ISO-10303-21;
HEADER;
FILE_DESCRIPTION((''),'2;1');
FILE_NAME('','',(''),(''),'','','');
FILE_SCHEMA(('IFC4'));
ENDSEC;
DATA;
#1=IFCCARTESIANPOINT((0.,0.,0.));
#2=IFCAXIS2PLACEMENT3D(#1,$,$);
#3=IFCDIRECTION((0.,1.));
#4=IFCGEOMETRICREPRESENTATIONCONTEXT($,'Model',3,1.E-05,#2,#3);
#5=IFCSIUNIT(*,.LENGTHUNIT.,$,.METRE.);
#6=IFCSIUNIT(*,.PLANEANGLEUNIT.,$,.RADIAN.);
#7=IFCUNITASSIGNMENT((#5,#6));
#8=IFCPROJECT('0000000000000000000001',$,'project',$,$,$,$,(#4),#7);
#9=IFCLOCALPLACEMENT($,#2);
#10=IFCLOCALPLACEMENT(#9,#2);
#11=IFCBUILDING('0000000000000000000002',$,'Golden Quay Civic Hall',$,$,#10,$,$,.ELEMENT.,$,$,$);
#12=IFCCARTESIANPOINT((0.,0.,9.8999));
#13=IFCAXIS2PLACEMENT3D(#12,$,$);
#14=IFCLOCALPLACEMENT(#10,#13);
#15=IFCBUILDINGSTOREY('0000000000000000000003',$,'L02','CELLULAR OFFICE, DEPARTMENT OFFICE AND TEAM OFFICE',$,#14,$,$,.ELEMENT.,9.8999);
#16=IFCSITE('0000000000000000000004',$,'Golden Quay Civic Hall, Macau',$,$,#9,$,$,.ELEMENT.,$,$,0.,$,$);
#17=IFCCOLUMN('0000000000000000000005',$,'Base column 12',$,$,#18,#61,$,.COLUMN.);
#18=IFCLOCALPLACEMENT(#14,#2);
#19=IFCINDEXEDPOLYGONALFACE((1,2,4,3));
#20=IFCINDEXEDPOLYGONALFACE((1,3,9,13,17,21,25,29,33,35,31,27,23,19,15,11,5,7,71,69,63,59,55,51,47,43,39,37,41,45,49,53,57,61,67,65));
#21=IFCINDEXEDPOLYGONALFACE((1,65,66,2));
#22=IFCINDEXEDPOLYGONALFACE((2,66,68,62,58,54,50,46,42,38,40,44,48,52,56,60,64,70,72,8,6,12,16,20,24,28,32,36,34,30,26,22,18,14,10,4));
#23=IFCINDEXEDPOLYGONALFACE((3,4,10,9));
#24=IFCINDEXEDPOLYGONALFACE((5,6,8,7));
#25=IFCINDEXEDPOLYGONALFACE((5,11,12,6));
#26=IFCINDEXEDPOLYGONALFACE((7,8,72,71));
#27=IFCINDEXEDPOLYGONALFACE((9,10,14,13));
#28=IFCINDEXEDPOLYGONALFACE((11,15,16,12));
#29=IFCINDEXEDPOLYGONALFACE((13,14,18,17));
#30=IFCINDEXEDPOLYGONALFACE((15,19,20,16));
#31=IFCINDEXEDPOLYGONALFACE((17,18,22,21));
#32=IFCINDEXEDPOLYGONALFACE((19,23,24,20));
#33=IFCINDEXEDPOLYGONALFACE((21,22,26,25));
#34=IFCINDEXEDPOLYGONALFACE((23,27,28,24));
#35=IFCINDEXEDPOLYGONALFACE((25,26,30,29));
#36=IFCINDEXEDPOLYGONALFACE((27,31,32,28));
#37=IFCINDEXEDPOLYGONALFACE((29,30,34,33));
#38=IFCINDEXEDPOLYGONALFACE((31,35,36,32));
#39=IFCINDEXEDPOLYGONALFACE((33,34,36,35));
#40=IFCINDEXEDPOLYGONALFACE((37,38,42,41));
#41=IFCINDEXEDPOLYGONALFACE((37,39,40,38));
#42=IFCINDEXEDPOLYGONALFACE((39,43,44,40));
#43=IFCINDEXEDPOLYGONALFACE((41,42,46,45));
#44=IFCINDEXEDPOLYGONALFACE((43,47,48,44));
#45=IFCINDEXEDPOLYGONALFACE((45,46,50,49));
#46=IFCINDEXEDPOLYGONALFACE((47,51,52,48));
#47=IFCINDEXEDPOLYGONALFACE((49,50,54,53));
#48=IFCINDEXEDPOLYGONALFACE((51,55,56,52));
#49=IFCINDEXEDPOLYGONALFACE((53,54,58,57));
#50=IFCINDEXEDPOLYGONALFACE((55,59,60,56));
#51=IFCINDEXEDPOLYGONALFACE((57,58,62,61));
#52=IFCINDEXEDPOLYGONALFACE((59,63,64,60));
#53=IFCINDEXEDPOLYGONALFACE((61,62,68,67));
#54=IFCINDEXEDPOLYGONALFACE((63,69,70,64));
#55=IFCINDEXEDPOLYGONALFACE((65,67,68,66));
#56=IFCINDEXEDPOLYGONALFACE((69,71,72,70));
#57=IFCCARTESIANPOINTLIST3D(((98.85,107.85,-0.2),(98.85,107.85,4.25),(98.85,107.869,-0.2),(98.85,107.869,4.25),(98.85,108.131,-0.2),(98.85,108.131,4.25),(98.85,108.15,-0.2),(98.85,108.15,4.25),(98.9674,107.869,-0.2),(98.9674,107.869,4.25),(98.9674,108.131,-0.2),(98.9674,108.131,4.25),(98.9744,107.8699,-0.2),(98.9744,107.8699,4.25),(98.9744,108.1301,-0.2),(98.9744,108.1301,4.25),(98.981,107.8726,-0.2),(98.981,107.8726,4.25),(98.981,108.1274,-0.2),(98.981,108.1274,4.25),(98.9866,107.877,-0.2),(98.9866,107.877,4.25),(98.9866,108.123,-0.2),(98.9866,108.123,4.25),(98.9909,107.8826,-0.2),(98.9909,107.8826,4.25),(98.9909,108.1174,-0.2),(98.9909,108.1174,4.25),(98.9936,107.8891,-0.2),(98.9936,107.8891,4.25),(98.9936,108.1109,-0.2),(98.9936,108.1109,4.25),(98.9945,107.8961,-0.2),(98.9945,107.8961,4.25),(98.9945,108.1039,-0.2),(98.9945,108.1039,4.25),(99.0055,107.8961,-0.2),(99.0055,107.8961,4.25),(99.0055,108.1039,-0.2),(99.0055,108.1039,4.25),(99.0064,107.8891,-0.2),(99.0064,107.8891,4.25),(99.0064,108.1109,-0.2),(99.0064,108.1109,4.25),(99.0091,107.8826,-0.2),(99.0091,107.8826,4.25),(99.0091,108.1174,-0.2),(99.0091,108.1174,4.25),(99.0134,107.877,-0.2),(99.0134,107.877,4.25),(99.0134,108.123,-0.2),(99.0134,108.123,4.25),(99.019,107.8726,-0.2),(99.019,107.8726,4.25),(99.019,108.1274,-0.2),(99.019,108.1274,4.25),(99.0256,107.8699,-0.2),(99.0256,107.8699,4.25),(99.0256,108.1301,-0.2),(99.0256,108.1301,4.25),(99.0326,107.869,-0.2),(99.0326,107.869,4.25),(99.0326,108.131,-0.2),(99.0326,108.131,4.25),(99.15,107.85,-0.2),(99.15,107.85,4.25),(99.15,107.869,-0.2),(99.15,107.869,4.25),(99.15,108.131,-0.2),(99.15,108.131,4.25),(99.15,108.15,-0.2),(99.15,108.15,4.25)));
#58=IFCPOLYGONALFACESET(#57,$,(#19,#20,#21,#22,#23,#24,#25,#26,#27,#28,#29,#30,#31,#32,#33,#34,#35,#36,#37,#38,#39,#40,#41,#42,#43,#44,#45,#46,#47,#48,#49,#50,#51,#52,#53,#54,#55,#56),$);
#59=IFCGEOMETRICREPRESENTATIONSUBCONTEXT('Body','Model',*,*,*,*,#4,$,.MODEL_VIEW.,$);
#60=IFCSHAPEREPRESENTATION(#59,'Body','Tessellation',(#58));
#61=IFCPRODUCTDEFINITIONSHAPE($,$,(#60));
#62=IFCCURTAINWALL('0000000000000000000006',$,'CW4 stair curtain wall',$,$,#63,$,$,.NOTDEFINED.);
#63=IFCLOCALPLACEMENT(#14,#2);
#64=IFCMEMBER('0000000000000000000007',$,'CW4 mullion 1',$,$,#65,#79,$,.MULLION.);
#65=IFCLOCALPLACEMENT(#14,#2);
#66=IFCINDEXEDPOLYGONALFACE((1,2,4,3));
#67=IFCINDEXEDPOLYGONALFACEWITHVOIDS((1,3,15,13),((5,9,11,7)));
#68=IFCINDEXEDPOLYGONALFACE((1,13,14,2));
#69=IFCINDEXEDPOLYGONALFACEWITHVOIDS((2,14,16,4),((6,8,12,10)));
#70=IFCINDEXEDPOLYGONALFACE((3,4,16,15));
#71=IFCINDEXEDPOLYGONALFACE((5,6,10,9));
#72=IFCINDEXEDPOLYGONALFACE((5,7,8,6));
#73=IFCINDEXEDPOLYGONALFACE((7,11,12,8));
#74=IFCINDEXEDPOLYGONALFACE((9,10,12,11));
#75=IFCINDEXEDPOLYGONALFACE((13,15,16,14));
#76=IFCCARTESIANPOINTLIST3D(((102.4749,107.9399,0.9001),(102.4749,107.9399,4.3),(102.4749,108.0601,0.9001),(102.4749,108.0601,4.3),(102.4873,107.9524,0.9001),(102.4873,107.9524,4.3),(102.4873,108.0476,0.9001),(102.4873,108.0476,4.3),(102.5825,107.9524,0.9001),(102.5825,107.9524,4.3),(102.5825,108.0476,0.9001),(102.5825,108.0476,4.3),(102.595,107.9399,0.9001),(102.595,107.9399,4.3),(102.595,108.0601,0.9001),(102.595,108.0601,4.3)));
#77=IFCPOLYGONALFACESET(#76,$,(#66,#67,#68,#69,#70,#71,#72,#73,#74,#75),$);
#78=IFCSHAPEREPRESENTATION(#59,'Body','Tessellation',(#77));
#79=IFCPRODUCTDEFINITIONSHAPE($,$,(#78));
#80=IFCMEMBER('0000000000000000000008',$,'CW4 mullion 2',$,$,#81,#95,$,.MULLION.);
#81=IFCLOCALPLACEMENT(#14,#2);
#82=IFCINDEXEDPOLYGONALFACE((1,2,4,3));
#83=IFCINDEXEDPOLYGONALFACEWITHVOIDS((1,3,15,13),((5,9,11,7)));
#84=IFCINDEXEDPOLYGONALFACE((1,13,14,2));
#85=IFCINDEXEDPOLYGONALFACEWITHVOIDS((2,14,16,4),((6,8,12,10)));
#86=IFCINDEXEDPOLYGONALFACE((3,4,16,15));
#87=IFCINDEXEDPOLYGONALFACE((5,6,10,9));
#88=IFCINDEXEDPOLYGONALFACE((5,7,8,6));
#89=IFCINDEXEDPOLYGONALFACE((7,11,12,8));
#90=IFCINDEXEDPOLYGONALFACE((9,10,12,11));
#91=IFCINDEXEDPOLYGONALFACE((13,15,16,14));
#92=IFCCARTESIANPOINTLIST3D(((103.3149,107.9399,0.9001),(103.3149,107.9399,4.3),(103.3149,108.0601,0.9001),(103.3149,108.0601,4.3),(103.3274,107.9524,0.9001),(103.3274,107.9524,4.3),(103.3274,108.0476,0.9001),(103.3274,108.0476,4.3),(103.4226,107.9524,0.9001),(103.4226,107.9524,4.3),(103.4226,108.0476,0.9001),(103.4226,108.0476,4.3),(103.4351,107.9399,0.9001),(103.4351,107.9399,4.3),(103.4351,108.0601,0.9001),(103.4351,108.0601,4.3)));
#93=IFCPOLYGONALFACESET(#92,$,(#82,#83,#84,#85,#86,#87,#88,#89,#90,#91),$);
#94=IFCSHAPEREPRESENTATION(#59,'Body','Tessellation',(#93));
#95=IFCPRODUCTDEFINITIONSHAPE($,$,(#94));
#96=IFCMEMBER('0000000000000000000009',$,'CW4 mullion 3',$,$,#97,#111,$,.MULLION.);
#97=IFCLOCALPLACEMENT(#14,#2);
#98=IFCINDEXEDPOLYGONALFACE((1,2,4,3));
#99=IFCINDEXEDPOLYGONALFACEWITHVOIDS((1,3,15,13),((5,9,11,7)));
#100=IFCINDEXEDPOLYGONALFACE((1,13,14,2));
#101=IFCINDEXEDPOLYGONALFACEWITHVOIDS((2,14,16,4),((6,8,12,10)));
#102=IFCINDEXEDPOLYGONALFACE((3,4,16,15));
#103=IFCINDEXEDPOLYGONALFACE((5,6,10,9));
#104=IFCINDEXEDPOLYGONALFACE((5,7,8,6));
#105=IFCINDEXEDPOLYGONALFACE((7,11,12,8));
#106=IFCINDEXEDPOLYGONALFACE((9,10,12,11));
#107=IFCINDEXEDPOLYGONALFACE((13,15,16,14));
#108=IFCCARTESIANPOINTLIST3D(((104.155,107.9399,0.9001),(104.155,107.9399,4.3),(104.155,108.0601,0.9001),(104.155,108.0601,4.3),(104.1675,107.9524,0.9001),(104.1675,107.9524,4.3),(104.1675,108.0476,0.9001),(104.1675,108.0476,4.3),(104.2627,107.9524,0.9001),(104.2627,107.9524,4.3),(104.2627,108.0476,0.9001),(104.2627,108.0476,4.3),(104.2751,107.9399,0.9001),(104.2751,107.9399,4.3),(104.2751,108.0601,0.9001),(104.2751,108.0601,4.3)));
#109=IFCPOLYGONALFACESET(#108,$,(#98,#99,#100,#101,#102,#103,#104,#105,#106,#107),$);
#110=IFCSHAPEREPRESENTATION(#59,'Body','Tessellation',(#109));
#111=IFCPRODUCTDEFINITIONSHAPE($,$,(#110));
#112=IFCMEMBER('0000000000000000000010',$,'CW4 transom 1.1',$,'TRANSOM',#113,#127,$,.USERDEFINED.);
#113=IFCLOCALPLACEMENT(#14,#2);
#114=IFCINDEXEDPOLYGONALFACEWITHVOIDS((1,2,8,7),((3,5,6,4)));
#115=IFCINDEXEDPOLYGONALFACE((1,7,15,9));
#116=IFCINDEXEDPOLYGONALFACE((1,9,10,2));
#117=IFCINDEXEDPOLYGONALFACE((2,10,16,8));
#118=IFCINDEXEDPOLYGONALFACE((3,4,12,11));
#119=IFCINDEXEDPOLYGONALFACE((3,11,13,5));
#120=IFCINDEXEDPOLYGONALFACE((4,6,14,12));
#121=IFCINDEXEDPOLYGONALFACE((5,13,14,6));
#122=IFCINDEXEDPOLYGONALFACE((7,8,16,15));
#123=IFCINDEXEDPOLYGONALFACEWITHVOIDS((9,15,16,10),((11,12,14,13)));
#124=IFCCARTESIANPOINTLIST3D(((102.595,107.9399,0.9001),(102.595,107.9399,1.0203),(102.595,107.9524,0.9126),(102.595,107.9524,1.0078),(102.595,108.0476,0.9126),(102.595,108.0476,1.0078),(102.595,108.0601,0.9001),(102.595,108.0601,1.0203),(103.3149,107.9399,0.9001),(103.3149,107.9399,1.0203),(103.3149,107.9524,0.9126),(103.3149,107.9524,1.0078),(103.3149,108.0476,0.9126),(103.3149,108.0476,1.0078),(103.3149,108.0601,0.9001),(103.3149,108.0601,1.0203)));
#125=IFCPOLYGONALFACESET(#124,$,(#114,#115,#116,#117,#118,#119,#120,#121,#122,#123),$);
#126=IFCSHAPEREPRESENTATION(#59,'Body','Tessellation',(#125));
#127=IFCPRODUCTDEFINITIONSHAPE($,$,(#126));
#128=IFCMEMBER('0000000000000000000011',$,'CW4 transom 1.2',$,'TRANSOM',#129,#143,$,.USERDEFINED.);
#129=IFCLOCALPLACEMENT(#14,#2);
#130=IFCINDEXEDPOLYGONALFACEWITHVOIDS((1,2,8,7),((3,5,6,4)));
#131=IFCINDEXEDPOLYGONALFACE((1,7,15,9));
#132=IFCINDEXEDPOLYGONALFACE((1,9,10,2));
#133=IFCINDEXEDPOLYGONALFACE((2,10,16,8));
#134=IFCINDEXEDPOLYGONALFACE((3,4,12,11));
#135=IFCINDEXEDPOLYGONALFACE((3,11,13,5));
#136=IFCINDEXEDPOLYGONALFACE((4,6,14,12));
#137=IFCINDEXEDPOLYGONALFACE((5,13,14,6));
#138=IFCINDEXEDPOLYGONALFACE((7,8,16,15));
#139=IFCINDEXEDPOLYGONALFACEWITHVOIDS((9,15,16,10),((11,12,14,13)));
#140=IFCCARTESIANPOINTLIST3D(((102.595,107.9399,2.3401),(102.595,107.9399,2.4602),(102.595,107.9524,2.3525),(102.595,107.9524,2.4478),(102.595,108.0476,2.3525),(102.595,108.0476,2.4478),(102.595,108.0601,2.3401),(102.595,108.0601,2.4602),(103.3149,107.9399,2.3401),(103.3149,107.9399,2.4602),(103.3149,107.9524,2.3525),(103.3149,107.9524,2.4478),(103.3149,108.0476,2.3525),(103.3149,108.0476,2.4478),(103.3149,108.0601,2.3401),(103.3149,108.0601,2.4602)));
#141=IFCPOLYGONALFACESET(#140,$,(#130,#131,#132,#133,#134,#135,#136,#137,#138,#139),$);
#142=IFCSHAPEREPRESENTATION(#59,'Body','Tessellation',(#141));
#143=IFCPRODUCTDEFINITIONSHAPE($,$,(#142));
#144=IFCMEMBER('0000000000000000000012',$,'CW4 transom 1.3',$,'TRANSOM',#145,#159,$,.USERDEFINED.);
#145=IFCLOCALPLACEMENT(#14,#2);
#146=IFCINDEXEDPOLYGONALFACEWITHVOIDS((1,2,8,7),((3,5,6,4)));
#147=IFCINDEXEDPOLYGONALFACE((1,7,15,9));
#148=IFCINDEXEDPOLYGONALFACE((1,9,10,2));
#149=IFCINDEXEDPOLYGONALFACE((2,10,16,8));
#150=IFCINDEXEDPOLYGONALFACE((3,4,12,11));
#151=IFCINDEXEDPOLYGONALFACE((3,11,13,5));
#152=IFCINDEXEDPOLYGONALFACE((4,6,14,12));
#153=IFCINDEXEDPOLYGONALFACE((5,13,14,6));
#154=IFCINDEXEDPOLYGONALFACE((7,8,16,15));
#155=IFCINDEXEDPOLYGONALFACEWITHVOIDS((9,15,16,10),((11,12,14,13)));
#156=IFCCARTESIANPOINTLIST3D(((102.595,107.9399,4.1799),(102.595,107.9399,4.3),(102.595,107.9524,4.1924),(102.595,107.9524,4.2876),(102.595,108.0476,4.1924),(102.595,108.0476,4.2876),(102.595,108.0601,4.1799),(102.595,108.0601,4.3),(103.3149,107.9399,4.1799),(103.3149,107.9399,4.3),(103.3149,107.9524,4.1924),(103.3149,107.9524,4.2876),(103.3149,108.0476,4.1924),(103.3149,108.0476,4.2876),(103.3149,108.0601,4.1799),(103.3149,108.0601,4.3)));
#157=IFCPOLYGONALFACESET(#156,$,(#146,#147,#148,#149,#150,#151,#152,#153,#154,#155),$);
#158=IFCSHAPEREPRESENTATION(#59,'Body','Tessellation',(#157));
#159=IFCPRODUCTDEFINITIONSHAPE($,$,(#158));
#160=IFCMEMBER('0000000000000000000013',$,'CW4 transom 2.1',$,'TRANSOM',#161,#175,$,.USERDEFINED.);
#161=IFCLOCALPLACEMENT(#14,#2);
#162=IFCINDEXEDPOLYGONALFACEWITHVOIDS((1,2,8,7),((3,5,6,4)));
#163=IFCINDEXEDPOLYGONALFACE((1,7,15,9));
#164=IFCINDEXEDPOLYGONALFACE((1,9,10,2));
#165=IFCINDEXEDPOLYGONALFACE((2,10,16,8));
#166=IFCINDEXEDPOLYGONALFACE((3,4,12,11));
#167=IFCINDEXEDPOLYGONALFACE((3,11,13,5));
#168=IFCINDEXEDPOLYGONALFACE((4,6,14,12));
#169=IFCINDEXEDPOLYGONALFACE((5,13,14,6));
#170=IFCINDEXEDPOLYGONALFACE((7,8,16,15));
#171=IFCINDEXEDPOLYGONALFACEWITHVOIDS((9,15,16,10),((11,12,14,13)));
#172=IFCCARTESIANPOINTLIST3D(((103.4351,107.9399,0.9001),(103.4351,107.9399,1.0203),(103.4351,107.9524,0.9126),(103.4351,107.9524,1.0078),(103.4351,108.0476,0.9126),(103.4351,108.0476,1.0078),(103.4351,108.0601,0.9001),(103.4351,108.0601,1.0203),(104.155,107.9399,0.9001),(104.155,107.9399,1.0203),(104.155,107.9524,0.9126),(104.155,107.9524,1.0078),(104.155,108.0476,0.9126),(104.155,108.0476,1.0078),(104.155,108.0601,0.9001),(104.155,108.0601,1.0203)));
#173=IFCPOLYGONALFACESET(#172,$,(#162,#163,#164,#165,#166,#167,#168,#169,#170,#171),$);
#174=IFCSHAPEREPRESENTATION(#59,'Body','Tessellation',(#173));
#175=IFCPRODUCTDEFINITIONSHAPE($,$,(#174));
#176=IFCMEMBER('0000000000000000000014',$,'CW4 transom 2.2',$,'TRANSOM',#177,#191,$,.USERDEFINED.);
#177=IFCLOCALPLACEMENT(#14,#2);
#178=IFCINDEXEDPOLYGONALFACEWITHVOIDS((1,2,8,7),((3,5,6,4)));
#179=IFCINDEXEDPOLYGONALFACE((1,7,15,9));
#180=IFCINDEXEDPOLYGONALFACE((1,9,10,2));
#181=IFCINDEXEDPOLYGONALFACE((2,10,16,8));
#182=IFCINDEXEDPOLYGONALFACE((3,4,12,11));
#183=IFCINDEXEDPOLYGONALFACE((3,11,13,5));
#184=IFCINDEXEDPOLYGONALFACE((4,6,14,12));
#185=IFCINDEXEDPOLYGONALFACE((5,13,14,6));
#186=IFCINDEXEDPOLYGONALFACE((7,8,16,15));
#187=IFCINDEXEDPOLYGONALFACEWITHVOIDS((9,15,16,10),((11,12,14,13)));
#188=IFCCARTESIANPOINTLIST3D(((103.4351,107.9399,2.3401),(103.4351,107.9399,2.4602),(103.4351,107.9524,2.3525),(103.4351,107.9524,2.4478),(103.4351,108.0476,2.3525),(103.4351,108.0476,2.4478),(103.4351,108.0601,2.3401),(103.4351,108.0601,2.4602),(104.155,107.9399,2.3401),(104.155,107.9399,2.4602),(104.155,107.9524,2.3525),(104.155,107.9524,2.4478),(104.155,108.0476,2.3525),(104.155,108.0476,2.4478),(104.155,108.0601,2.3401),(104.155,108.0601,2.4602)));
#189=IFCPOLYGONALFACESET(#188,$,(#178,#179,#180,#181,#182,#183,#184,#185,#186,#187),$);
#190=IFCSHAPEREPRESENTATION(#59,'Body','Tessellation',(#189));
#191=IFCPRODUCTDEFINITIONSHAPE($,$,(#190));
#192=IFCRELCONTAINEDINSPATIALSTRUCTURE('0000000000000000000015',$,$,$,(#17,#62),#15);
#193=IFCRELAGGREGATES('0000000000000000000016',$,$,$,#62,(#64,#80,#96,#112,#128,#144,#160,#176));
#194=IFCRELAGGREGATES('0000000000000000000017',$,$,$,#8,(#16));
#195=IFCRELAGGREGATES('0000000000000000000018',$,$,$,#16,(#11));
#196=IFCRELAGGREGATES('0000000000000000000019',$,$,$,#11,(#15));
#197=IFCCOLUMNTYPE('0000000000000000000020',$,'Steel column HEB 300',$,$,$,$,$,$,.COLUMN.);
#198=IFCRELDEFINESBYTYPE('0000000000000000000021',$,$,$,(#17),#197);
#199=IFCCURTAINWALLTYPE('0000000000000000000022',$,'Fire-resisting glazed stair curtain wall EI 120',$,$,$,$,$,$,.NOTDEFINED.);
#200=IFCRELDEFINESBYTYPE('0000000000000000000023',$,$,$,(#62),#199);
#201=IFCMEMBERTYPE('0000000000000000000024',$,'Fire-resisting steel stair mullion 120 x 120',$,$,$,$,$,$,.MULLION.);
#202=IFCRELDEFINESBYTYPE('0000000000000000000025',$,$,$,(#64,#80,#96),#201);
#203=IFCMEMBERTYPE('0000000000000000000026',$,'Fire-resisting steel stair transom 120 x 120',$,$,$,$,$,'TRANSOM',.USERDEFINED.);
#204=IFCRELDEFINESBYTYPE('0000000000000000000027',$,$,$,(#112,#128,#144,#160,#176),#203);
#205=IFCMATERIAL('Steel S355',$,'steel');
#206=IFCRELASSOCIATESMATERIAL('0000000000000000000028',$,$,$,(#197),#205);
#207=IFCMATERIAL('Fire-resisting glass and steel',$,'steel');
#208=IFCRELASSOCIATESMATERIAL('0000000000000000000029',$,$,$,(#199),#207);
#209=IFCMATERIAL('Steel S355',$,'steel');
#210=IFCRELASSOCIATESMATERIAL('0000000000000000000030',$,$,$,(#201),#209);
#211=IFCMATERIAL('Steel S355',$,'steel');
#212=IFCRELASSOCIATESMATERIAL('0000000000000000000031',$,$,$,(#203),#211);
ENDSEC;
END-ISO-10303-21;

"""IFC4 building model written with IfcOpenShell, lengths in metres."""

from ifc_helpers import new_model, si_unit, direction, frame, origin, origin_2d, place, context, subcontext, project, spatial, hollow_rectangle, i_section, extrude, material, material_profile, profile_set, type_object, element, aggregate, save


model = new_model("IFC4")

# Units and contexts
model_context = context("Model", 3, precision=1e-05, world=origin(), true_north=direction((0.0, 1.0)))
body_context = subcontext(model_context, "Body", "Model", "MODEL_VIEW")
ifc_project = project(units=[si_unit("LENGTHUNIT", "METRE"), si_unit("PLANEANGLEUNIT", "RADIAN")], contexts=[model_context])

# Site, building, storey
site_placement = place(None, origin())
site = spatial("IfcSite", under=ifc_project, at=site_placement, Name="Golden Quay Civic Hall, Macau", CompositionType="ELEMENT", RefElevation=0.0)
building_placement = place(site_placement, origin())
building = spatial("IfcBuilding", under=site, at=building_placement, Name="Golden Quay Civic Hall", CompositionType="ELEMENT")
storey_placement = place(building_placement, frame((0.0, 0.0, 9.8999)))
storey = spatial("IfcBuildingStorey", under=building, at=storey_placement, Name="L02", Description="CELLULAR OFFICE, DEPARTMENT OFFICE AND TEAM OFFICE", CompositionType="ELEMENT", Elevation=9.8999)

# Column
ifc_material_1 = material(Name="Steel S355", Category="steel")
ifc_material_profile_1 = material_profile(ifc_material_1, i_section(OverallWidth=0.3, OverallDepth=0.3, WebThickness=0.011, FlangeThickness=0.019, FilletRadius=0.0271, at=origin_2d()), Name="HEB 300")
ifc_profile_set_1 = profile_set([ifc_material_profile_1], Name="Steel S355")
column_type = type_object("IfcColumnType", Name="Steel column HEB 300", PredefinedType="COLUMN", material=ifc_profile_set_1)
column_placement = place(storey_placement, frame((99.0, 108.0, -0.2), z_axis=(0.0, 0.0, 1.0), x_axis=(1.0, 0.0, 0.0)))
element("IfcColumn", 1, at=column_placement, inside=storey, type_object=column_type, Name="Base column 12", PredefinedType="COLUMN", context=body_context, shape_type="SweptSolid", body=[
    extrude(i_section(OverallWidth=0.3, OverallDepth=0.3, WebThickness=0.011, FlangeThickness=0.019, FilletRadius=0.0271, at=origin_2d()), origin(), (0.0, 0.0, 1.0), 4.45),
])

# Curtain wall, members
ifc_material_2 = material(Name="Fire-resisting glass and steel", Category="steel")
curtain_wall_type = type_object("IfcCurtainWallType", Name="Fire-resisting glazed stair curtain wall EI 120", PredefinedType="NOTDEFINED", material=ifc_material_2)
curtain_wall_placement = place(storey_placement, origin())
curtain_wall = element("IfcCurtainWall", 2, at=curtain_wall_placement, inside=storey, type_object=curtain_wall_type, Name="CW4 stair curtain wall", PredefinedType="NOTDEFINED")
ifc_material_3 = material(Name="Steel S355", Category="steel")
ifc_material_profile_2 = material_profile(ifc_material_3, hollow_rectangle(XDim=0.1201, YDim=0.1201, WallThickness=0.0125, at=origin_2d()), Name="SHS 120x120x12.5")
ifc_profile_set_2 = profile_set([ifc_material_profile_2], Name="Steel S355")
member_type_1 = type_object("IfcMemberType", Name="Fire-resisting steel stair mullion 120 x 120", PredefinedType="MULLION", material=ifc_profile_set_2)
member_1_placement = place(storey_placement, frame((102.5349, 108.0, 0.9001), z_axis=(0.0, 0.0, 1.0), x_axis=(0.0, 1.0, 0.0)))
member_1 = element("IfcMember", 3, at=member_1_placement, type_object=member_type_1, Name="CW4 mullion 1", PredefinedType="MULLION", context=body_context, shape_type="SweptSolid", body=[
    extrude(hollow_rectangle(XDim=0.1201, YDim=0.1201, WallThickness=0.0125, at=origin_2d()), origin(), (0.0, 0.0, 1.0), 3.3999),
])
member_2_placement = place(storey_placement, frame((103.375, 108.0, 0.9001), z_axis=(0.0, 0.0, 1.0), x_axis=(0.0, 1.0, 0.0)))
member_2 = element("IfcMember", 4, at=member_2_placement, type_object=member_type_1, Name="CW4 mullion 2", PredefinedType="MULLION", context=body_context, shape_type="SweptSolid", body=[
    extrude(hollow_rectangle(XDim=0.1201, YDim=0.1201, WallThickness=0.0125, at=origin_2d()), origin(), (0.0, 0.0, 1.0), 3.3999),
])
member_3_placement = place(storey_placement, frame((104.2151, 108.0, 0.9001), z_axis=(0.0, 0.0, 1.0), x_axis=(0.0, 1.0, 0.0)))
member_3 = element("IfcMember", 5, at=member_3_placement, type_object=member_type_1, Name="CW4 mullion 3", PredefinedType="MULLION", context=body_context, shape_type="SweptSolid", body=[
    extrude(hollow_rectangle(XDim=0.1201, YDim=0.1201, WallThickness=0.0125, at=origin_2d()), origin(), (0.0, 0.0, 1.0), 3.3999),
])
ifc_material_4 = material(Name="Steel S355", Category="steel")
ifc_material_profile_3 = material_profile(ifc_material_4, hollow_rectangle(XDim=0.1201, YDim=0.1201, WallThickness=0.0125, at=origin_2d()), Name="SHS 120x120x12.5")
ifc_profile_set_3 = profile_set([ifc_material_profile_3], Name="Steel S355")
member_type_2 = type_object("IfcMemberType", Name="Fire-resisting steel stair transom 120 x 120", ElementType="TRANSOM", PredefinedType="USERDEFINED", material=ifc_profile_set_3)
member_4_placement = place(storey_placement, frame((102.595, 108.0, 0.9602), z_axis=(1.0, 0.0, 0.0), x_axis=(0.0, 1.0, 0.0)))
member_4 = element("IfcMember", 6, at=member_4_placement, type_object=member_type_2, Name="CW4 transom 1.1", ObjectType="TRANSOM", PredefinedType="USERDEFINED", context=body_context, shape_type="SweptSolid", body=[
    extrude(hollow_rectangle(XDim=0.1201, YDim=0.1201, WallThickness=0.0125, at=origin_2d()), origin(), (0.0, 0.0, 1.0), 0.72),
])
member_5_placement = place(storey_placement, frame((102.595, 108.0, 2.4001), z_axis=(1.0, 0.0, 0.0), x_axis=(0.0, 1.0, 0.0)))
member_5 = element("IfcMember", 7, at=member_5_placement, type_object=member_type_2, Name="CW4 transom 1.2", ObjectType="TRANSOM", PredefinedType="USERDEFINED", context=body_context, shape_type="SweptSolid", body=[
    extrude(hollow_rectangle(XDim=0.1201, YDim=0.1201, WallThickness=0.0125, at=origin_2d()), origin(), (0.0, 0.0, 1.0), 0.72),
])
member_6_placement = place(storey_placement, frame((102.595, 108.0, 4.24), z_axis=(1.0, 0.0, 0.0), x_axis=(0.0, 1.0, 0.0)))
member_6 = element("IfcMember", 8, at=member_6_placement, type_object=member_type_2, Name="CW4 transom 1.3", ObjectType="TRANSOM", PredefinedType="USERDEFINED", context=body_context, shape_type="SweptSolid", body=[
    extrude(hollow_rectangle(XDim=0.1201, YDim=0.1201, WallThickness=0.0125, at=origin_2d()), origin(), (0.0, 0.0, 1.0), 0.72),
])
member_7_placement = place(storey_placement, frame((103.4351, 108.0, 0.9602), z_axis=(1.0, 0.0, 0.0), x_axis=(0.0, 1.0, 0.0)))
member_7 = element("IfcMember", 9, at=member_7_placement, type_object=member_type_2, Name="CW4 transom 2.1", ObjectType="TRANSOM", PredefinedType="USERDEFINED", context=body_context, shape_type="SweptSolid", body=[
    extrude(hollow_rectangle(XDim=0.1201, YDim=0.1201, WallThickness=0.0125, at=origin_2d()), origin(), (0.0, 0.0, 1.0), 0.72),
])
member_8_placement = place(storey_placement, frame((103.4351, 108.0, 2.4001), z_axis=(1.0, 0.0, 0.0), x_axis=(0.0, 1.0, 0.0)))
member_8 = element("IfcMember", 10, at=member_8_placement, type_object=member_type_2, Name="CW4 transom 2.2", ObjectType="TRANSOM", PredefinedType="USERDEFINED", context=body_context, shape_type="SweptSolid", body=[
    extrude(hollow_rectangle(XDim=0.1201, YDim=0.1201, WallThickness=0.0125, at=origin_2d()), origin(), (0.0, 0.0, 1.0), 0.72),
])
aggregate(curtain_wall, [member_1, member_2, member_3, member_4, member_5, member_6, member_7, member_8])

save(model, "model.ifc")
